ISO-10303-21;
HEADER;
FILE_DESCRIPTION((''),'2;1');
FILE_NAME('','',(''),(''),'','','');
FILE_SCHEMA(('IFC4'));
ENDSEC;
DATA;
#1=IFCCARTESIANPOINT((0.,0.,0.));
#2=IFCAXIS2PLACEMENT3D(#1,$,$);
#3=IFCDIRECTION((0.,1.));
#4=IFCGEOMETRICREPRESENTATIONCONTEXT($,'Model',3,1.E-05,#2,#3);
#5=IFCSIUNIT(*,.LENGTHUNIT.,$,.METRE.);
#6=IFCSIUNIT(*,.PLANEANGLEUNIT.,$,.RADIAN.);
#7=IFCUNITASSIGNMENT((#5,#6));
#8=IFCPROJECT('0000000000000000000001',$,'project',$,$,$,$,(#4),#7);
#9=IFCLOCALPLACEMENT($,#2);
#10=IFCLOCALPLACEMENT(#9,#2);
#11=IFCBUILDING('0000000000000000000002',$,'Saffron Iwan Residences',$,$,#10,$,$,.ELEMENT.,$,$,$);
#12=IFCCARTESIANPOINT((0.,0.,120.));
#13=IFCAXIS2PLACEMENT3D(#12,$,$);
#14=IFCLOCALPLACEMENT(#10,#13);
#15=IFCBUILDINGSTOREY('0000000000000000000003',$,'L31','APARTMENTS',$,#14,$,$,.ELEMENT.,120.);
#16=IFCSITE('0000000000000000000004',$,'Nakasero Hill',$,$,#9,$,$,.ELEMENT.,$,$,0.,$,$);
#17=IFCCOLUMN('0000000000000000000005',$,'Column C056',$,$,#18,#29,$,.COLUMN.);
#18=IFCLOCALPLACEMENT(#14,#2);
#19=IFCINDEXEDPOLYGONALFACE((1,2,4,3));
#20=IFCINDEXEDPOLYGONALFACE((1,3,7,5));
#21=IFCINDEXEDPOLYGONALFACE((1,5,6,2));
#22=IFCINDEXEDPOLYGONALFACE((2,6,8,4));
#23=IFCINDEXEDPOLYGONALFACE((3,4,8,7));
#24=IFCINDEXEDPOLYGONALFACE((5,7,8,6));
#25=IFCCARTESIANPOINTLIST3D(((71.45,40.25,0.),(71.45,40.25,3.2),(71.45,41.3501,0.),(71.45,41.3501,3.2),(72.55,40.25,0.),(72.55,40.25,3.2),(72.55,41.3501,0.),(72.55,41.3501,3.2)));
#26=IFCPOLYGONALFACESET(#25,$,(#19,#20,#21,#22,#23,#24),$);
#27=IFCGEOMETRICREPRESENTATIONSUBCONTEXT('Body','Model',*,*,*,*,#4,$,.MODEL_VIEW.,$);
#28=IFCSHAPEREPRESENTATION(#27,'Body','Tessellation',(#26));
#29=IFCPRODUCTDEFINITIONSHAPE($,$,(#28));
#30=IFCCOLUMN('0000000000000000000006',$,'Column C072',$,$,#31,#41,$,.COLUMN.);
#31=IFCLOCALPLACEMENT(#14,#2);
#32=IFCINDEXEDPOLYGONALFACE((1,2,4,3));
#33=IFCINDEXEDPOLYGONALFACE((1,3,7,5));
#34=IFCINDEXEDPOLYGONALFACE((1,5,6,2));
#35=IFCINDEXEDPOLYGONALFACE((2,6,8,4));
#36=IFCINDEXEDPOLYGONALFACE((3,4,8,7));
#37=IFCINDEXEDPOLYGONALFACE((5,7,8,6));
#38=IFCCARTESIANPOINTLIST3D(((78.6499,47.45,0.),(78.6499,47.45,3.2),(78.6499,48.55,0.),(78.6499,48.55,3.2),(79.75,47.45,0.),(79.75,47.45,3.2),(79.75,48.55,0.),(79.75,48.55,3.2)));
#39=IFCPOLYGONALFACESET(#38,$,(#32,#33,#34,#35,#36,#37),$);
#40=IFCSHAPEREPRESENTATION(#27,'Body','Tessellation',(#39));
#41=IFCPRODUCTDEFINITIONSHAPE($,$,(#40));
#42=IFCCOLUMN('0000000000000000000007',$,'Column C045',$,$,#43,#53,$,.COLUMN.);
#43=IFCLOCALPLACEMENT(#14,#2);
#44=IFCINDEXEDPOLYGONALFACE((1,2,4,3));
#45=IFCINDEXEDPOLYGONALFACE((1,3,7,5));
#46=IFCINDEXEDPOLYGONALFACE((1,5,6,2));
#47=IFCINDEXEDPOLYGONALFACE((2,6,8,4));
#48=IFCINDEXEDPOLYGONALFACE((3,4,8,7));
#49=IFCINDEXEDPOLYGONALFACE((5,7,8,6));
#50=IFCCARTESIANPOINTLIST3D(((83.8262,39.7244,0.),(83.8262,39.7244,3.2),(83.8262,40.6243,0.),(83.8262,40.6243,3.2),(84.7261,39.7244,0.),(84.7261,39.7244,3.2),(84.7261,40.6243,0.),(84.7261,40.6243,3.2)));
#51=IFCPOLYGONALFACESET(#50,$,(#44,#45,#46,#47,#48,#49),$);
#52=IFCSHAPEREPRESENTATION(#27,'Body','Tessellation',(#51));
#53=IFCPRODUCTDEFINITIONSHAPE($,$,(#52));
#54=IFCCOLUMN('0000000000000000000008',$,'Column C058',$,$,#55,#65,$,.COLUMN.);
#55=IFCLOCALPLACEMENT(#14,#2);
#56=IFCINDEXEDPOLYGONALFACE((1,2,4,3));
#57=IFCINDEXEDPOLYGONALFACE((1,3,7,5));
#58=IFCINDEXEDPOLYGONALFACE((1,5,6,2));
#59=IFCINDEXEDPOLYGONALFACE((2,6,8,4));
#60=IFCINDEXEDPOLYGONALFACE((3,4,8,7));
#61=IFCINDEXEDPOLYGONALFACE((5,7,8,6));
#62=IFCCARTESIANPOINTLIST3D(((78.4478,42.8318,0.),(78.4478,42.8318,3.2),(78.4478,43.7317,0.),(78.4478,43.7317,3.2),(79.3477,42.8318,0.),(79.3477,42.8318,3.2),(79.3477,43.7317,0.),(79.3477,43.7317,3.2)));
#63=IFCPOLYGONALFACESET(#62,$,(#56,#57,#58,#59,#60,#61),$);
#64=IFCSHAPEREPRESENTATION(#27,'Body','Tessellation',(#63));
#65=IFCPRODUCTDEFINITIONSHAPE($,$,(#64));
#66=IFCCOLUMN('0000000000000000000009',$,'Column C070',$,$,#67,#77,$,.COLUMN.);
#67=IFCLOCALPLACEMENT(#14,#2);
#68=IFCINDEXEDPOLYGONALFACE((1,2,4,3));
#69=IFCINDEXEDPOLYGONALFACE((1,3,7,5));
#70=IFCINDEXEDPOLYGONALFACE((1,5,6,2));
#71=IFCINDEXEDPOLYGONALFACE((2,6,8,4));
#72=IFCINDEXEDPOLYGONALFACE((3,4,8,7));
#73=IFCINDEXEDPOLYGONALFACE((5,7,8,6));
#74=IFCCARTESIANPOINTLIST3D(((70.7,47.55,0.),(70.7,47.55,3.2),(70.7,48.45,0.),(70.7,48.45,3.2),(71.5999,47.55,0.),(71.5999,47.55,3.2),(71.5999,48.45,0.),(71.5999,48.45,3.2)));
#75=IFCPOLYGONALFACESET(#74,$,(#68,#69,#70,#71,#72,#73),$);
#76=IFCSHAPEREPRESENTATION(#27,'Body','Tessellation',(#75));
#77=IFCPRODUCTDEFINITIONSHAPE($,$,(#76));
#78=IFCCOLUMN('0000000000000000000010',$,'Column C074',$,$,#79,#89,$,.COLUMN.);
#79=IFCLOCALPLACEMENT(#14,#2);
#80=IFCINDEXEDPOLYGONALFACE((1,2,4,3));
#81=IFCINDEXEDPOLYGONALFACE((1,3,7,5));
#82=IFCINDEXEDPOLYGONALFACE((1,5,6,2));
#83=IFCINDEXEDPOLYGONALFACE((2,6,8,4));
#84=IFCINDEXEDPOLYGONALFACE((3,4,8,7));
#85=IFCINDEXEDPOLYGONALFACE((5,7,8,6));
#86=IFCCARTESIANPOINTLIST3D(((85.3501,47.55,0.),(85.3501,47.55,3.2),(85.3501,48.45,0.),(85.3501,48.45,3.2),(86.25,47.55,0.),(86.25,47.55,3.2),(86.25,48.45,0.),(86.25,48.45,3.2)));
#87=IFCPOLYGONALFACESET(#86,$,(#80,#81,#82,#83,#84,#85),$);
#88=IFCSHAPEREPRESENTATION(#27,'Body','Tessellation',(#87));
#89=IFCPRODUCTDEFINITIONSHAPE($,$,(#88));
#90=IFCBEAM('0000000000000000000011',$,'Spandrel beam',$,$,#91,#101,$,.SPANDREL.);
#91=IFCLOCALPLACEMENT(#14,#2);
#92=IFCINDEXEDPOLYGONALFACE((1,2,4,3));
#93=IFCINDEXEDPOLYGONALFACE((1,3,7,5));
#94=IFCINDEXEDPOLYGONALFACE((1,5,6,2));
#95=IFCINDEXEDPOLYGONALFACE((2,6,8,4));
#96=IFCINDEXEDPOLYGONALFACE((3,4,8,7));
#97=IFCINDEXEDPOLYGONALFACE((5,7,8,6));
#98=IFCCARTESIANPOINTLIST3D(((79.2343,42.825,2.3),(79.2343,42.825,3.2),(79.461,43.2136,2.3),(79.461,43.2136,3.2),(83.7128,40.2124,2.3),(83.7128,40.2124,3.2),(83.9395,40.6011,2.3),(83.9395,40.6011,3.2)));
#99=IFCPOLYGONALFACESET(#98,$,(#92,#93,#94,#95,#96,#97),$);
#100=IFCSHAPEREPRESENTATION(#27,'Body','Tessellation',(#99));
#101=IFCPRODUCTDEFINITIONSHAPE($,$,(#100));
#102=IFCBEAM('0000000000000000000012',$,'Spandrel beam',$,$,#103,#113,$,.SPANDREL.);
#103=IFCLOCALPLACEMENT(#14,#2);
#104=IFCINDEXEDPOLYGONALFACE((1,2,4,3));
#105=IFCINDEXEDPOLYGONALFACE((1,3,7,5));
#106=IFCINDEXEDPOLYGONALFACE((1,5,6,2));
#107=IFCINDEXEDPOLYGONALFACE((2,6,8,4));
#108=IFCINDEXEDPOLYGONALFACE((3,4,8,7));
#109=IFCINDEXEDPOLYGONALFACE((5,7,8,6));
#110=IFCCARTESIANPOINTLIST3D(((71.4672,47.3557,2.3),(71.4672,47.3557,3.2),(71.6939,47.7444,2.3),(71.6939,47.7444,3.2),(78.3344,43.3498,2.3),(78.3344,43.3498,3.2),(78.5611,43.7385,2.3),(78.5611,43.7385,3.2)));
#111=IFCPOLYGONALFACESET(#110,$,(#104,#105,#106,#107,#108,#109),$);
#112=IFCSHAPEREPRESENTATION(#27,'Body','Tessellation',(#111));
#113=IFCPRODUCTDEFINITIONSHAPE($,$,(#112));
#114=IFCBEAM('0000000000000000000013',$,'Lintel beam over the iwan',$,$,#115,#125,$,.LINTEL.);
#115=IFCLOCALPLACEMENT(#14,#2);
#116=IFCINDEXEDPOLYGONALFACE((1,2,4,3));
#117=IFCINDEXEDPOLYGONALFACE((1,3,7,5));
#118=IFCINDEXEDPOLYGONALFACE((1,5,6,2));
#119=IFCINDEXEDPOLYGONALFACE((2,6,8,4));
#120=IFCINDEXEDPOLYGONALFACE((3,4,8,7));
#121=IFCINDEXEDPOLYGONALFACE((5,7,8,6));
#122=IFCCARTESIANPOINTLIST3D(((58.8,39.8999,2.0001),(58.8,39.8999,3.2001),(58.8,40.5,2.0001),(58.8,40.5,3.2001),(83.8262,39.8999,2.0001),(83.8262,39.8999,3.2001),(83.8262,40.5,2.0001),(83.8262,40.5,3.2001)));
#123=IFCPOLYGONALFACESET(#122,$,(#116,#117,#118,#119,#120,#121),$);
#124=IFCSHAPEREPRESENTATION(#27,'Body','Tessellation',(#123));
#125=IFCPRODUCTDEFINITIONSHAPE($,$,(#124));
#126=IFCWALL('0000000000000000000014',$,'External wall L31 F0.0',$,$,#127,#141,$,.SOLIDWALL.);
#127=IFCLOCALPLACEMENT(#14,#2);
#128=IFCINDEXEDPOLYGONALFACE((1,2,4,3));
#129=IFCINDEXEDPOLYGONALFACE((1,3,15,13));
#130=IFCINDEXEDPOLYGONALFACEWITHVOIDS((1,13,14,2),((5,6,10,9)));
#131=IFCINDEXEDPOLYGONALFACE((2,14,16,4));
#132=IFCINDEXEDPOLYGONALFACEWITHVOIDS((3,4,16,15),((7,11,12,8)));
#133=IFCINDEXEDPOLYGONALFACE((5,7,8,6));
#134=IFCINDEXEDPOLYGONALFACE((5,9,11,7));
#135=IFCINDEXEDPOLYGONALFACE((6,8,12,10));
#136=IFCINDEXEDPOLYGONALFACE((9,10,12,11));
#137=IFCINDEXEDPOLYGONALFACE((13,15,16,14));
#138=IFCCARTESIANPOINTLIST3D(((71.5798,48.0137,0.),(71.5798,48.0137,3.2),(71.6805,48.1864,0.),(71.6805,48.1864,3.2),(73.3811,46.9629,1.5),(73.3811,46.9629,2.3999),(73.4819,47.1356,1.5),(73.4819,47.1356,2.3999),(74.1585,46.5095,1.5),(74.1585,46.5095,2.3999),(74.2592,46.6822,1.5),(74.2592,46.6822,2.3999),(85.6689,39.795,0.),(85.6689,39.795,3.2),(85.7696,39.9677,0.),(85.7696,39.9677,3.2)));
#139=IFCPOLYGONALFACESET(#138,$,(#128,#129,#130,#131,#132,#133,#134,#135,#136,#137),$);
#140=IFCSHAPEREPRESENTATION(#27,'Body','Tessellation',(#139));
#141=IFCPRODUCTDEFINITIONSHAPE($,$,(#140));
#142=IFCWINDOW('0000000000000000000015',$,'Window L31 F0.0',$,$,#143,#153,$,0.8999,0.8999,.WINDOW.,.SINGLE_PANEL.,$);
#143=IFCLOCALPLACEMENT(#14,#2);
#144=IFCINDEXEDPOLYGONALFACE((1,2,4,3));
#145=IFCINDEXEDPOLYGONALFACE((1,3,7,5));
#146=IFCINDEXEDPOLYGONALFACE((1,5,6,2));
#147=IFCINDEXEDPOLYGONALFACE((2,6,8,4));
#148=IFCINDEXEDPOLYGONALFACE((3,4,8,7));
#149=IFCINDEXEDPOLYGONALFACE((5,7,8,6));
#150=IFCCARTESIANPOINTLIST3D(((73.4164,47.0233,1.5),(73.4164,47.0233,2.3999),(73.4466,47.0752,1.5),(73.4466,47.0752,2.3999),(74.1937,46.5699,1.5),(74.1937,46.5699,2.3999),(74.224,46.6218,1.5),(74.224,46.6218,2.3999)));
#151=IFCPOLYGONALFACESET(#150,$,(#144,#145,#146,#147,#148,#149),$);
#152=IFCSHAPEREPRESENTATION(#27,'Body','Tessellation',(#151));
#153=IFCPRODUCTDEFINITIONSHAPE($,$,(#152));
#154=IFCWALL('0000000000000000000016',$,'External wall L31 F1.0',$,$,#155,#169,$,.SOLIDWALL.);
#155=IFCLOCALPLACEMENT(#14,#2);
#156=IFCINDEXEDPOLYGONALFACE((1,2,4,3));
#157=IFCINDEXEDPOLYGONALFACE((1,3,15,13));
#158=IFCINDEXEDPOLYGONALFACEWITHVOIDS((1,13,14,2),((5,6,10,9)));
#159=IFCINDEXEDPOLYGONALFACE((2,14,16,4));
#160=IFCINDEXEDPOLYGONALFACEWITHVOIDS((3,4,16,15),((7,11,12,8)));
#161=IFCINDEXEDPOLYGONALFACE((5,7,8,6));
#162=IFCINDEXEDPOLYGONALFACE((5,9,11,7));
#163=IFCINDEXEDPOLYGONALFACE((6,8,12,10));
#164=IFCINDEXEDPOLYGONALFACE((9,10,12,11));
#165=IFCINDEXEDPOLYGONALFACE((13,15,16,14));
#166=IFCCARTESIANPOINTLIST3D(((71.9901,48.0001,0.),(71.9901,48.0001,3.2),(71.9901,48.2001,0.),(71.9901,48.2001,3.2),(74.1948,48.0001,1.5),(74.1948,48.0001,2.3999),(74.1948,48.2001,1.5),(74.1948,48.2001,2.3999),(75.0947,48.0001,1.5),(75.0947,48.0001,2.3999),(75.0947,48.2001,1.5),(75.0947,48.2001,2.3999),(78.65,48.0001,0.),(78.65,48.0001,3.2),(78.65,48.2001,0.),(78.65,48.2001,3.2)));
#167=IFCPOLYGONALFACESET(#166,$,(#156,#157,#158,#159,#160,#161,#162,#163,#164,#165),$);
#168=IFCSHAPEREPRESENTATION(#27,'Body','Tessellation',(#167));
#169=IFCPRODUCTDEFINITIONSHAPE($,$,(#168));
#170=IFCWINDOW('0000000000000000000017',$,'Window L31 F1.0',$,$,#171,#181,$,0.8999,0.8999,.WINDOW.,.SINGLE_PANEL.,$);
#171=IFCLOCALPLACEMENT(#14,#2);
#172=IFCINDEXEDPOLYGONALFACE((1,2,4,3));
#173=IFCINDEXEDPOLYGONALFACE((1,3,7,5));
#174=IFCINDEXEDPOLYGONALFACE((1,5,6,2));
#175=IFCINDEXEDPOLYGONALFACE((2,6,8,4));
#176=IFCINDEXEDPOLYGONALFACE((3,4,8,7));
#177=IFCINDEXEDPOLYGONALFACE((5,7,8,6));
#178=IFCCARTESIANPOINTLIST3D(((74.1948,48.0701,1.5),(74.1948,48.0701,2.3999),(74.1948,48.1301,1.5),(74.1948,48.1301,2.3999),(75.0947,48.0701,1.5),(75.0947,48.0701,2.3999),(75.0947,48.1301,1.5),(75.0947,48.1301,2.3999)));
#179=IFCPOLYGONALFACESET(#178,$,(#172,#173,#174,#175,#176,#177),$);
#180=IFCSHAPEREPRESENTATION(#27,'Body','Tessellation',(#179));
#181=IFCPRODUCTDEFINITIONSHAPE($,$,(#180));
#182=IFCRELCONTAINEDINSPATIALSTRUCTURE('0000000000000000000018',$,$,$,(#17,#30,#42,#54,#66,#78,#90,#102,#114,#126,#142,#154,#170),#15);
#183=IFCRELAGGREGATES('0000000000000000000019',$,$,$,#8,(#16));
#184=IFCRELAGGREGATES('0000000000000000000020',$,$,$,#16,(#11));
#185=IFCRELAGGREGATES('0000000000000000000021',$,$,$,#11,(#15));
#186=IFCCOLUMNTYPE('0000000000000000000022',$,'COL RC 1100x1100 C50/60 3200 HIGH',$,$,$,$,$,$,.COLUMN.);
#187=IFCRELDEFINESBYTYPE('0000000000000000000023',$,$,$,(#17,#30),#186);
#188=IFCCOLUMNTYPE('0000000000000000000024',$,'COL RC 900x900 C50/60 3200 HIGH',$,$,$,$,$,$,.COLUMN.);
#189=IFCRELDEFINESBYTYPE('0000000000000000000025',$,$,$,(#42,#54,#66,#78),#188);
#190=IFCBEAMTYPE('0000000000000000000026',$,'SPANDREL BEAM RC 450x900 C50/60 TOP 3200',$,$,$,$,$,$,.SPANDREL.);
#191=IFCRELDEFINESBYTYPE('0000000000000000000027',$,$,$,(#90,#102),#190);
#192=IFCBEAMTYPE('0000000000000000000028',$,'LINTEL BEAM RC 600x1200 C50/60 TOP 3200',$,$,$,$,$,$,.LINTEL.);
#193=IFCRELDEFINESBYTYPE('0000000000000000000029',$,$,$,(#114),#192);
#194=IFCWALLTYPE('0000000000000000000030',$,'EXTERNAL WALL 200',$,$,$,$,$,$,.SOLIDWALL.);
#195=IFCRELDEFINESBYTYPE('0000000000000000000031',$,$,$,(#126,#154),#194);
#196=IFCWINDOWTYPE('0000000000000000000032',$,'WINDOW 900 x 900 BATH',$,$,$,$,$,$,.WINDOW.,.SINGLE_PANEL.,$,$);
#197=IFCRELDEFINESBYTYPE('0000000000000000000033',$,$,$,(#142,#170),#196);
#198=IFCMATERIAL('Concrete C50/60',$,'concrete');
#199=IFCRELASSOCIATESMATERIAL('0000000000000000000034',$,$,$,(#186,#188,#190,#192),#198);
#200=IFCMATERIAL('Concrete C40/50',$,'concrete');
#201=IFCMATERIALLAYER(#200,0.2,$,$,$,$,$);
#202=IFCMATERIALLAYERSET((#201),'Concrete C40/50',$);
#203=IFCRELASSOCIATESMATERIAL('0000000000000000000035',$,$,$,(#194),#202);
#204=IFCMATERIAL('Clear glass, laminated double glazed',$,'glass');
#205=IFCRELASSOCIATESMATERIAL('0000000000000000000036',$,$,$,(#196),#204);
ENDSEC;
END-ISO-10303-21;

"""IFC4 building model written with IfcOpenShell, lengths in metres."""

from ifc_helpers import new_model, si_unit, direction, frame, frame_2d, origin, origin_2d, place, context, subcontext, project, spatial, rectangle, extrude, source, transform, mapped, material, layer, layer_set, material_profile, profile_set, type_object, element, fill, save


model = new_model("IFC4")

# Units and contexts
model_context = context("Model", 3, precision=1e-05, world=origin(), true_north=direction((0.0, 1.0)))
body_context = subcontext(model_context, "Body", "Model", "MODEL_VIEW")
ifc_project = project(units=[si_unit("LENGTHUNIT", "METRE"), si_unit("PLANEANGLEUNIT", "RADIAN")], contexts=[model_context])

# Site, building, storey
site_placement = place(None, origin())
site = spatial("IfcSite", under=ifc_project, at=site_placement, Name="Nakasero Hill", CompositionType="ELEMENT", RefElevation=0.0)
building_placement = place(site_placement, origin())
building = spatial("IfcBuilding", under=site, at=building_placement, Name="Saffron Iwan Residences", CompositionType="ELEMENT")
storey_placement = place(building_placement, frame((0.0, 0.0, 120.0)))
storey = spatial("IfcBuildingStorey", under=building, at=storey_placement, Name="L31", Description="APARTMENTS", CompositionType="ELEMENT", Elevation=120.0)

# Columns
ifc_material_1 = material(Name="Concrete C50/60", Category="concrete")
ifc_material_profile_1 = material_profile(ifc_material_1, rectangle(XDim=1.1001, YDim=1.1001, at=origin_2d()), Name="RC 1100x1100")
ifc_profile_set_1 = profile_set([ifc_material_profile_1], Name="Concrete C50/60")
column_type_1 = type_object("IfcColumnType", Name="COL RC 1100x1100 C50/60 3200 HIGH", PredefinedType="COLUMN", material=ifc_profile_set_1)
shared_shape_1 = source(origin(), body_context, "Body", "SweptSolid", [
    extrude(rectangle(XDim=1.1001, YDim=1.1001, at=origin_2d()), origin(), (0.0, 0.0, 1.0), 3.2),
])
for number, where, z_axis, x_axis, name in (
    (1, (72.0, 40.8, 0.0), (0.0, 0.0, 1.0), (1.0, 0.0, 0.0), "Column C056"),
    (2, (79.2, 48.0, 0.0), (0.0, 0.0, 1.0), (1.0, 0.0, 0.0), "Column C072"),
):
    element("IfcColumn", number, at=place(storey_placement, frame(where, z_axis=z_axis, x_axis=x_axis)), inside=storey, type_object=column_type_1, Name=name, PredefinedType="COLUMN", context=body_context, shape_type="MappedRepresentation", body=[
        mapped(shared_shape_1, transform((0.0, 0.0, 0.0))),
    ])
ifc_material_profile_2 = material_profile(ifc_material_1, rectangle(XDim=0.8999, YDim=0.8999, at=origin_2d()), Name="RC 900x900")
ifc_profile_set_2 = profile_set([ifc_material_profile_2], Name="Concrete C50/60")
column_type_2 = type_object("IfcColumnType", Name="COL RC 900x900 C50/60 3200 HIGH", PredefinedType="COLUMN", material=ifc_profile_set_2)
shared_shape_2 = source(origin(), body_context, "Body", "SweptSolid", [
    extrude(rectangle(XDim=0.8999, YDim=0.8999, at=origin_2d()), origin(), (0.0, 0.0, 1.0), 3.2),
])
for number, where, z_axis, x_axis, name in (
    (3, (84.2761, 40.1743, 0.0), (0.0, 0.0, 1.0), (1.0, 0.0, 0.0), "Column C045"),
    (4, (78.8977, 43.2817, 0.0), (0.0, 0.0, 1.0), (1.0, 0.0, 0.0), "Column C058"),
    (5, (71.1499, 48.0, 0.0), (0.0, 0.0, 1.0), (1.0, 0.0, 0.0), "Column C070"),
    (6, (85.8, 48.0, 0.0), (0.0, 0.0, 1.0), (1.0, 0.0, 0.0), "Column C074"),
):
    element("IfcColumn", number, at=place(storey_placement, frame(where, z_axis=z_axis, x_axis=x_axis)), inside=storey, type_object=column_type_2, Name=name, PredefinedType="COLUMN", context=body_context, shape_type="MappedRepresentation", body=[
        mapped(shared_shape_2, transform((0.0, 0.0, 0.0))),
    ])

# Beams
ifc_material_profile_3 = material_profile(ifc_material_1, rectangle(XDim=0.45, YDim=0.8999, at=origin_2d()), Name="RC 450x900")
ifc_profile_set_3 = profile_set([ifc_material_profile_3], Name="Concrete C50/60")
beam_type_1 = type_object("IfcBeamType", Name="SPANDREL BEAM RC 450x900 C50/60 TOP 3200", PredefinedType="SPANDREL", material=ifc_profile_set_3)
shared_shape_3 = source(origin(), body_context, "Body", "SweptSolid", [
    extrude(rectangle(XDim=0.45, YDim=0.8999, at=origin_2d()), origin(), (0.0, 0.0, 1.0), 5.1848),
])
beam_1_placement = place(storey_placement, frame((79.3477, 43.0193, 2.75), z_axis=(0.863772, -0.503883, 0.0), x_axis=(0.503883, 0.863772, 0.0)))
element("IfcBeam", 7, at=beam_1_placement, inside=storey, type_object=beam_type_1, Name="Spandrel beam", PredefinedType="SPANDREL", context=body_context, shape_type="MappedRepresentation", body=[
    mapped(shared_shape_3, transform((0.0, 0.0, 0.0))),
])
shared_shape_4 = source(origin(), body_context, "Body", "SweptSolid", [
    extrude(rectangle(XDim=0.45, YDim=0.8999, at=origin_2d()), origin(), (0.0, 0.0, 1.0), 7.9502),
])
beam_2_placement = place(storey_placement, frame((71.5806, 47.55, 2.75), z_axis=(0.863779, -0.503871, 0.0), x_axis=(0.503871, 0.863779, 0.0)))
element("IfcBeam", 8, at=beam_2_placement, inside=storey, type_object=beam_type_1, Name="Spandrel beam", PredefinedType="SPANDREL", context=body_context, shape_type="MappedRepresentation", body=[
    mapped(shared_shape_4, transform((0.0, 0.0, 0.0))),
])
ifc_material_profile_4 = material_profile(ifc_material_1, rectangle(XDim=0.6001, YDim=1.2, at=origin_2d()), Name="RC 600x1200")
ifc_profile_set_4 = profile_set([ifc_material_profile_4], Name="Concrete C50/60")
beam_type_2 = type_object("IfcBeamType", Name="LINTEL BEAM RC 600x1200 C50/60 TOP 3200", PredefinedType="LINTEL", material=ifc_profile_set_4)
shared_shape_5 = source(origin(), body_context, "Body", "SweptSolid", [
    extrude(rectangle(XDim=0.6001, YDim=1.2, at=origin_2d()), origin(), (0.0, 0.0, 1.0), 25.0261),
])
beam_3_placement = place(storey_placement, frame((83.8262, 40.2, 2.6001), z_axis=(-1.0, 0.0, 0.0), x_axis=(0.0, -1.0, 0.0)))
element("IfcBeam", 9, at=beam_3_placement, inside=storey, type_object=beam_type_2, Name="Lintel beam over the iwan", PredefinedType="LINTEL", context=body_context, shape_type="MappedRepresentation", body=[
    mapped(shared_shape_5, transform((0.0, 0.0, 0.0))),
])

# Walls, openings, windows
ifc_material_2 = material(Name="Concrete C40/50", Category="concrete")
ifc_layer_1 = layer(ifc_material_2, 0.2)
ifc_layer_set_1 = layer_set([ifc_layer_1], Name="Concrete C40/50")
wall_type_1 = type_object("IfcWallType", Name="EXTERNAL WALL 200", PredefinedType="SOLIDWALL", material=ifc_layer_set_1)
wall_1_placement = place(storey_placement, frame((85.7192, 39.8813, 0.0), z_axis=(0.0, 0.0, 1.0), x_axis=(-0.863776, 0.503876, 0.0)))
wall_1 = element("IfcWall", 10, at=wall_1_placement, inside=storey, type_object=wall_type_1, Name="External wall L31 F0.0", PredefinedType="SOLIDWALL", context=body_context, shape_type="SweptSolid", body=[
    extrude(rectangle(XDim=16.311, YDim=0.2, at=frame_2d((8.1555, 0.0))), origin(), (0.0, 0.0, 1.0), 3.2),
])
opening_1_placement = place(wall_1_placement, frame((13.3257, 0.0, 1.5)))
opening_1 = element("IfcOpeningElement", 11, at=opening_1_placement, cuts=wall_1, PredefinedType="OPENING", context=body_context, shape_type="SweptSolid", body=[
    extrude(rectangle(XDim=0.8999, YDim=0.8999, at=frame_2d((0.45, 0.45))), frame((0.0, 0.1099, 0.0), z_axis=(0.0, -1.0, 0.0), x_axis=(1.0, 0.0, 0.0)), (0.0, 0.0, 1.0), 0.22),
])
ifc_material_3 = material(Name="Clear glass, laminated double glazed", Category="glass")
window_type_1 = type_object("IfcWindowType", Name="WINDOW 900 x 900 BATH", PartitioningType="SINGLE_PANEL", PredefinedType="WINDOW", material=ifc_material_3)
window_1_placement = place(opening_1_placement, origin())
window_1 = element("IfcWindow", 12, at=window_1_placement, inside=storey, type_object=window_type_1, Name="Window L31 F0.0", OverallHeight=0.8999, OverallWidth=0.8999, PartitioningType="SINGLE_PANEL", PredefinedType="WINDOW", context=body_context, shape_type="SweptSolid", body=[
    extrude(rectangle(XDim=0.8999, YDim=0.8999, at=frame_2d((0.45, 0.45))), frame((0.0, 0.03, 0.0), z_axis=(0.0, -1.0, 0.0), x_axis=(1.0, 0.0, 0.0)), (0.0, 0.0, 1.0), 0.0601),
])
fill(opening_1, window_1)
wall_2_placement = place(storey_placement, frame((71.99, 48.1001, 0.0), z_axis=(0.0, 0.0, 1.0), x_axis=(1.0, 0.0, 0.0)))
wall_2 = element("IfcWall", 13, at=wall_2_placement, inside=storey, type_object=wall_type_1, Name="External wall L31 F1.0", PredefinedType="SOLIDWALL", context=body_context, shape_type="SweptSolid", body=[
    extrude(rectangle(XDim=6.6599, YDim=0.2, at=frame_2d((3.3301, 0.0))), origin(), (0.0, 0.0, 1.0), 3.2),
])
opening_2_placement = place(wall_2_placement, frame((2.2048, 0.0, 1.5)))
opening_2 = element("IfcOpeningElement", 14, at=opening_2_placement, cuts=wall_2, PredefinedType="OPENING", context=body_context, shape_type="SweptSolid", body=[
    extrude(rectangle(XDim=0.8999, YDim=0.8999, at=frame_2d((0.45, 0.45))), frame((0.0, 0.1099, 0.0), z_axis=(0.0, -1.0, 0.0), x_axis=(1.0, 0.0, 0.0)), (0.0, 0.0, 1.0), 0.22),
])
window_2_placement = place(opening_2_placement, origin())
window_2 = element("IfcWindow", 15, at=window_2_placement, inside=storey, type_object=window_type_1, Name="Window L31 F1.0", OverallHeight=0.8999, OverallWidth=0.8999, PartitioningType="SINGLE_PANEL", PredefinedType="WINDOW", context=body_context, shape_type="SweptSolid", body=[
    extrude(rectangle(XDim=0.8999, YDim=0.8999, at=frame_2d((0.45, 0.45))), frame((0.0, 0.03, 0.0), z_axis=(0.0, -1.0, 0.0), x_axis=(1.0, 0.0, 0.0)), (0.0, 0.0, 1.0), 0.0601),
])
fill(opening_2, window_2)

save(model, "model.ifc")
